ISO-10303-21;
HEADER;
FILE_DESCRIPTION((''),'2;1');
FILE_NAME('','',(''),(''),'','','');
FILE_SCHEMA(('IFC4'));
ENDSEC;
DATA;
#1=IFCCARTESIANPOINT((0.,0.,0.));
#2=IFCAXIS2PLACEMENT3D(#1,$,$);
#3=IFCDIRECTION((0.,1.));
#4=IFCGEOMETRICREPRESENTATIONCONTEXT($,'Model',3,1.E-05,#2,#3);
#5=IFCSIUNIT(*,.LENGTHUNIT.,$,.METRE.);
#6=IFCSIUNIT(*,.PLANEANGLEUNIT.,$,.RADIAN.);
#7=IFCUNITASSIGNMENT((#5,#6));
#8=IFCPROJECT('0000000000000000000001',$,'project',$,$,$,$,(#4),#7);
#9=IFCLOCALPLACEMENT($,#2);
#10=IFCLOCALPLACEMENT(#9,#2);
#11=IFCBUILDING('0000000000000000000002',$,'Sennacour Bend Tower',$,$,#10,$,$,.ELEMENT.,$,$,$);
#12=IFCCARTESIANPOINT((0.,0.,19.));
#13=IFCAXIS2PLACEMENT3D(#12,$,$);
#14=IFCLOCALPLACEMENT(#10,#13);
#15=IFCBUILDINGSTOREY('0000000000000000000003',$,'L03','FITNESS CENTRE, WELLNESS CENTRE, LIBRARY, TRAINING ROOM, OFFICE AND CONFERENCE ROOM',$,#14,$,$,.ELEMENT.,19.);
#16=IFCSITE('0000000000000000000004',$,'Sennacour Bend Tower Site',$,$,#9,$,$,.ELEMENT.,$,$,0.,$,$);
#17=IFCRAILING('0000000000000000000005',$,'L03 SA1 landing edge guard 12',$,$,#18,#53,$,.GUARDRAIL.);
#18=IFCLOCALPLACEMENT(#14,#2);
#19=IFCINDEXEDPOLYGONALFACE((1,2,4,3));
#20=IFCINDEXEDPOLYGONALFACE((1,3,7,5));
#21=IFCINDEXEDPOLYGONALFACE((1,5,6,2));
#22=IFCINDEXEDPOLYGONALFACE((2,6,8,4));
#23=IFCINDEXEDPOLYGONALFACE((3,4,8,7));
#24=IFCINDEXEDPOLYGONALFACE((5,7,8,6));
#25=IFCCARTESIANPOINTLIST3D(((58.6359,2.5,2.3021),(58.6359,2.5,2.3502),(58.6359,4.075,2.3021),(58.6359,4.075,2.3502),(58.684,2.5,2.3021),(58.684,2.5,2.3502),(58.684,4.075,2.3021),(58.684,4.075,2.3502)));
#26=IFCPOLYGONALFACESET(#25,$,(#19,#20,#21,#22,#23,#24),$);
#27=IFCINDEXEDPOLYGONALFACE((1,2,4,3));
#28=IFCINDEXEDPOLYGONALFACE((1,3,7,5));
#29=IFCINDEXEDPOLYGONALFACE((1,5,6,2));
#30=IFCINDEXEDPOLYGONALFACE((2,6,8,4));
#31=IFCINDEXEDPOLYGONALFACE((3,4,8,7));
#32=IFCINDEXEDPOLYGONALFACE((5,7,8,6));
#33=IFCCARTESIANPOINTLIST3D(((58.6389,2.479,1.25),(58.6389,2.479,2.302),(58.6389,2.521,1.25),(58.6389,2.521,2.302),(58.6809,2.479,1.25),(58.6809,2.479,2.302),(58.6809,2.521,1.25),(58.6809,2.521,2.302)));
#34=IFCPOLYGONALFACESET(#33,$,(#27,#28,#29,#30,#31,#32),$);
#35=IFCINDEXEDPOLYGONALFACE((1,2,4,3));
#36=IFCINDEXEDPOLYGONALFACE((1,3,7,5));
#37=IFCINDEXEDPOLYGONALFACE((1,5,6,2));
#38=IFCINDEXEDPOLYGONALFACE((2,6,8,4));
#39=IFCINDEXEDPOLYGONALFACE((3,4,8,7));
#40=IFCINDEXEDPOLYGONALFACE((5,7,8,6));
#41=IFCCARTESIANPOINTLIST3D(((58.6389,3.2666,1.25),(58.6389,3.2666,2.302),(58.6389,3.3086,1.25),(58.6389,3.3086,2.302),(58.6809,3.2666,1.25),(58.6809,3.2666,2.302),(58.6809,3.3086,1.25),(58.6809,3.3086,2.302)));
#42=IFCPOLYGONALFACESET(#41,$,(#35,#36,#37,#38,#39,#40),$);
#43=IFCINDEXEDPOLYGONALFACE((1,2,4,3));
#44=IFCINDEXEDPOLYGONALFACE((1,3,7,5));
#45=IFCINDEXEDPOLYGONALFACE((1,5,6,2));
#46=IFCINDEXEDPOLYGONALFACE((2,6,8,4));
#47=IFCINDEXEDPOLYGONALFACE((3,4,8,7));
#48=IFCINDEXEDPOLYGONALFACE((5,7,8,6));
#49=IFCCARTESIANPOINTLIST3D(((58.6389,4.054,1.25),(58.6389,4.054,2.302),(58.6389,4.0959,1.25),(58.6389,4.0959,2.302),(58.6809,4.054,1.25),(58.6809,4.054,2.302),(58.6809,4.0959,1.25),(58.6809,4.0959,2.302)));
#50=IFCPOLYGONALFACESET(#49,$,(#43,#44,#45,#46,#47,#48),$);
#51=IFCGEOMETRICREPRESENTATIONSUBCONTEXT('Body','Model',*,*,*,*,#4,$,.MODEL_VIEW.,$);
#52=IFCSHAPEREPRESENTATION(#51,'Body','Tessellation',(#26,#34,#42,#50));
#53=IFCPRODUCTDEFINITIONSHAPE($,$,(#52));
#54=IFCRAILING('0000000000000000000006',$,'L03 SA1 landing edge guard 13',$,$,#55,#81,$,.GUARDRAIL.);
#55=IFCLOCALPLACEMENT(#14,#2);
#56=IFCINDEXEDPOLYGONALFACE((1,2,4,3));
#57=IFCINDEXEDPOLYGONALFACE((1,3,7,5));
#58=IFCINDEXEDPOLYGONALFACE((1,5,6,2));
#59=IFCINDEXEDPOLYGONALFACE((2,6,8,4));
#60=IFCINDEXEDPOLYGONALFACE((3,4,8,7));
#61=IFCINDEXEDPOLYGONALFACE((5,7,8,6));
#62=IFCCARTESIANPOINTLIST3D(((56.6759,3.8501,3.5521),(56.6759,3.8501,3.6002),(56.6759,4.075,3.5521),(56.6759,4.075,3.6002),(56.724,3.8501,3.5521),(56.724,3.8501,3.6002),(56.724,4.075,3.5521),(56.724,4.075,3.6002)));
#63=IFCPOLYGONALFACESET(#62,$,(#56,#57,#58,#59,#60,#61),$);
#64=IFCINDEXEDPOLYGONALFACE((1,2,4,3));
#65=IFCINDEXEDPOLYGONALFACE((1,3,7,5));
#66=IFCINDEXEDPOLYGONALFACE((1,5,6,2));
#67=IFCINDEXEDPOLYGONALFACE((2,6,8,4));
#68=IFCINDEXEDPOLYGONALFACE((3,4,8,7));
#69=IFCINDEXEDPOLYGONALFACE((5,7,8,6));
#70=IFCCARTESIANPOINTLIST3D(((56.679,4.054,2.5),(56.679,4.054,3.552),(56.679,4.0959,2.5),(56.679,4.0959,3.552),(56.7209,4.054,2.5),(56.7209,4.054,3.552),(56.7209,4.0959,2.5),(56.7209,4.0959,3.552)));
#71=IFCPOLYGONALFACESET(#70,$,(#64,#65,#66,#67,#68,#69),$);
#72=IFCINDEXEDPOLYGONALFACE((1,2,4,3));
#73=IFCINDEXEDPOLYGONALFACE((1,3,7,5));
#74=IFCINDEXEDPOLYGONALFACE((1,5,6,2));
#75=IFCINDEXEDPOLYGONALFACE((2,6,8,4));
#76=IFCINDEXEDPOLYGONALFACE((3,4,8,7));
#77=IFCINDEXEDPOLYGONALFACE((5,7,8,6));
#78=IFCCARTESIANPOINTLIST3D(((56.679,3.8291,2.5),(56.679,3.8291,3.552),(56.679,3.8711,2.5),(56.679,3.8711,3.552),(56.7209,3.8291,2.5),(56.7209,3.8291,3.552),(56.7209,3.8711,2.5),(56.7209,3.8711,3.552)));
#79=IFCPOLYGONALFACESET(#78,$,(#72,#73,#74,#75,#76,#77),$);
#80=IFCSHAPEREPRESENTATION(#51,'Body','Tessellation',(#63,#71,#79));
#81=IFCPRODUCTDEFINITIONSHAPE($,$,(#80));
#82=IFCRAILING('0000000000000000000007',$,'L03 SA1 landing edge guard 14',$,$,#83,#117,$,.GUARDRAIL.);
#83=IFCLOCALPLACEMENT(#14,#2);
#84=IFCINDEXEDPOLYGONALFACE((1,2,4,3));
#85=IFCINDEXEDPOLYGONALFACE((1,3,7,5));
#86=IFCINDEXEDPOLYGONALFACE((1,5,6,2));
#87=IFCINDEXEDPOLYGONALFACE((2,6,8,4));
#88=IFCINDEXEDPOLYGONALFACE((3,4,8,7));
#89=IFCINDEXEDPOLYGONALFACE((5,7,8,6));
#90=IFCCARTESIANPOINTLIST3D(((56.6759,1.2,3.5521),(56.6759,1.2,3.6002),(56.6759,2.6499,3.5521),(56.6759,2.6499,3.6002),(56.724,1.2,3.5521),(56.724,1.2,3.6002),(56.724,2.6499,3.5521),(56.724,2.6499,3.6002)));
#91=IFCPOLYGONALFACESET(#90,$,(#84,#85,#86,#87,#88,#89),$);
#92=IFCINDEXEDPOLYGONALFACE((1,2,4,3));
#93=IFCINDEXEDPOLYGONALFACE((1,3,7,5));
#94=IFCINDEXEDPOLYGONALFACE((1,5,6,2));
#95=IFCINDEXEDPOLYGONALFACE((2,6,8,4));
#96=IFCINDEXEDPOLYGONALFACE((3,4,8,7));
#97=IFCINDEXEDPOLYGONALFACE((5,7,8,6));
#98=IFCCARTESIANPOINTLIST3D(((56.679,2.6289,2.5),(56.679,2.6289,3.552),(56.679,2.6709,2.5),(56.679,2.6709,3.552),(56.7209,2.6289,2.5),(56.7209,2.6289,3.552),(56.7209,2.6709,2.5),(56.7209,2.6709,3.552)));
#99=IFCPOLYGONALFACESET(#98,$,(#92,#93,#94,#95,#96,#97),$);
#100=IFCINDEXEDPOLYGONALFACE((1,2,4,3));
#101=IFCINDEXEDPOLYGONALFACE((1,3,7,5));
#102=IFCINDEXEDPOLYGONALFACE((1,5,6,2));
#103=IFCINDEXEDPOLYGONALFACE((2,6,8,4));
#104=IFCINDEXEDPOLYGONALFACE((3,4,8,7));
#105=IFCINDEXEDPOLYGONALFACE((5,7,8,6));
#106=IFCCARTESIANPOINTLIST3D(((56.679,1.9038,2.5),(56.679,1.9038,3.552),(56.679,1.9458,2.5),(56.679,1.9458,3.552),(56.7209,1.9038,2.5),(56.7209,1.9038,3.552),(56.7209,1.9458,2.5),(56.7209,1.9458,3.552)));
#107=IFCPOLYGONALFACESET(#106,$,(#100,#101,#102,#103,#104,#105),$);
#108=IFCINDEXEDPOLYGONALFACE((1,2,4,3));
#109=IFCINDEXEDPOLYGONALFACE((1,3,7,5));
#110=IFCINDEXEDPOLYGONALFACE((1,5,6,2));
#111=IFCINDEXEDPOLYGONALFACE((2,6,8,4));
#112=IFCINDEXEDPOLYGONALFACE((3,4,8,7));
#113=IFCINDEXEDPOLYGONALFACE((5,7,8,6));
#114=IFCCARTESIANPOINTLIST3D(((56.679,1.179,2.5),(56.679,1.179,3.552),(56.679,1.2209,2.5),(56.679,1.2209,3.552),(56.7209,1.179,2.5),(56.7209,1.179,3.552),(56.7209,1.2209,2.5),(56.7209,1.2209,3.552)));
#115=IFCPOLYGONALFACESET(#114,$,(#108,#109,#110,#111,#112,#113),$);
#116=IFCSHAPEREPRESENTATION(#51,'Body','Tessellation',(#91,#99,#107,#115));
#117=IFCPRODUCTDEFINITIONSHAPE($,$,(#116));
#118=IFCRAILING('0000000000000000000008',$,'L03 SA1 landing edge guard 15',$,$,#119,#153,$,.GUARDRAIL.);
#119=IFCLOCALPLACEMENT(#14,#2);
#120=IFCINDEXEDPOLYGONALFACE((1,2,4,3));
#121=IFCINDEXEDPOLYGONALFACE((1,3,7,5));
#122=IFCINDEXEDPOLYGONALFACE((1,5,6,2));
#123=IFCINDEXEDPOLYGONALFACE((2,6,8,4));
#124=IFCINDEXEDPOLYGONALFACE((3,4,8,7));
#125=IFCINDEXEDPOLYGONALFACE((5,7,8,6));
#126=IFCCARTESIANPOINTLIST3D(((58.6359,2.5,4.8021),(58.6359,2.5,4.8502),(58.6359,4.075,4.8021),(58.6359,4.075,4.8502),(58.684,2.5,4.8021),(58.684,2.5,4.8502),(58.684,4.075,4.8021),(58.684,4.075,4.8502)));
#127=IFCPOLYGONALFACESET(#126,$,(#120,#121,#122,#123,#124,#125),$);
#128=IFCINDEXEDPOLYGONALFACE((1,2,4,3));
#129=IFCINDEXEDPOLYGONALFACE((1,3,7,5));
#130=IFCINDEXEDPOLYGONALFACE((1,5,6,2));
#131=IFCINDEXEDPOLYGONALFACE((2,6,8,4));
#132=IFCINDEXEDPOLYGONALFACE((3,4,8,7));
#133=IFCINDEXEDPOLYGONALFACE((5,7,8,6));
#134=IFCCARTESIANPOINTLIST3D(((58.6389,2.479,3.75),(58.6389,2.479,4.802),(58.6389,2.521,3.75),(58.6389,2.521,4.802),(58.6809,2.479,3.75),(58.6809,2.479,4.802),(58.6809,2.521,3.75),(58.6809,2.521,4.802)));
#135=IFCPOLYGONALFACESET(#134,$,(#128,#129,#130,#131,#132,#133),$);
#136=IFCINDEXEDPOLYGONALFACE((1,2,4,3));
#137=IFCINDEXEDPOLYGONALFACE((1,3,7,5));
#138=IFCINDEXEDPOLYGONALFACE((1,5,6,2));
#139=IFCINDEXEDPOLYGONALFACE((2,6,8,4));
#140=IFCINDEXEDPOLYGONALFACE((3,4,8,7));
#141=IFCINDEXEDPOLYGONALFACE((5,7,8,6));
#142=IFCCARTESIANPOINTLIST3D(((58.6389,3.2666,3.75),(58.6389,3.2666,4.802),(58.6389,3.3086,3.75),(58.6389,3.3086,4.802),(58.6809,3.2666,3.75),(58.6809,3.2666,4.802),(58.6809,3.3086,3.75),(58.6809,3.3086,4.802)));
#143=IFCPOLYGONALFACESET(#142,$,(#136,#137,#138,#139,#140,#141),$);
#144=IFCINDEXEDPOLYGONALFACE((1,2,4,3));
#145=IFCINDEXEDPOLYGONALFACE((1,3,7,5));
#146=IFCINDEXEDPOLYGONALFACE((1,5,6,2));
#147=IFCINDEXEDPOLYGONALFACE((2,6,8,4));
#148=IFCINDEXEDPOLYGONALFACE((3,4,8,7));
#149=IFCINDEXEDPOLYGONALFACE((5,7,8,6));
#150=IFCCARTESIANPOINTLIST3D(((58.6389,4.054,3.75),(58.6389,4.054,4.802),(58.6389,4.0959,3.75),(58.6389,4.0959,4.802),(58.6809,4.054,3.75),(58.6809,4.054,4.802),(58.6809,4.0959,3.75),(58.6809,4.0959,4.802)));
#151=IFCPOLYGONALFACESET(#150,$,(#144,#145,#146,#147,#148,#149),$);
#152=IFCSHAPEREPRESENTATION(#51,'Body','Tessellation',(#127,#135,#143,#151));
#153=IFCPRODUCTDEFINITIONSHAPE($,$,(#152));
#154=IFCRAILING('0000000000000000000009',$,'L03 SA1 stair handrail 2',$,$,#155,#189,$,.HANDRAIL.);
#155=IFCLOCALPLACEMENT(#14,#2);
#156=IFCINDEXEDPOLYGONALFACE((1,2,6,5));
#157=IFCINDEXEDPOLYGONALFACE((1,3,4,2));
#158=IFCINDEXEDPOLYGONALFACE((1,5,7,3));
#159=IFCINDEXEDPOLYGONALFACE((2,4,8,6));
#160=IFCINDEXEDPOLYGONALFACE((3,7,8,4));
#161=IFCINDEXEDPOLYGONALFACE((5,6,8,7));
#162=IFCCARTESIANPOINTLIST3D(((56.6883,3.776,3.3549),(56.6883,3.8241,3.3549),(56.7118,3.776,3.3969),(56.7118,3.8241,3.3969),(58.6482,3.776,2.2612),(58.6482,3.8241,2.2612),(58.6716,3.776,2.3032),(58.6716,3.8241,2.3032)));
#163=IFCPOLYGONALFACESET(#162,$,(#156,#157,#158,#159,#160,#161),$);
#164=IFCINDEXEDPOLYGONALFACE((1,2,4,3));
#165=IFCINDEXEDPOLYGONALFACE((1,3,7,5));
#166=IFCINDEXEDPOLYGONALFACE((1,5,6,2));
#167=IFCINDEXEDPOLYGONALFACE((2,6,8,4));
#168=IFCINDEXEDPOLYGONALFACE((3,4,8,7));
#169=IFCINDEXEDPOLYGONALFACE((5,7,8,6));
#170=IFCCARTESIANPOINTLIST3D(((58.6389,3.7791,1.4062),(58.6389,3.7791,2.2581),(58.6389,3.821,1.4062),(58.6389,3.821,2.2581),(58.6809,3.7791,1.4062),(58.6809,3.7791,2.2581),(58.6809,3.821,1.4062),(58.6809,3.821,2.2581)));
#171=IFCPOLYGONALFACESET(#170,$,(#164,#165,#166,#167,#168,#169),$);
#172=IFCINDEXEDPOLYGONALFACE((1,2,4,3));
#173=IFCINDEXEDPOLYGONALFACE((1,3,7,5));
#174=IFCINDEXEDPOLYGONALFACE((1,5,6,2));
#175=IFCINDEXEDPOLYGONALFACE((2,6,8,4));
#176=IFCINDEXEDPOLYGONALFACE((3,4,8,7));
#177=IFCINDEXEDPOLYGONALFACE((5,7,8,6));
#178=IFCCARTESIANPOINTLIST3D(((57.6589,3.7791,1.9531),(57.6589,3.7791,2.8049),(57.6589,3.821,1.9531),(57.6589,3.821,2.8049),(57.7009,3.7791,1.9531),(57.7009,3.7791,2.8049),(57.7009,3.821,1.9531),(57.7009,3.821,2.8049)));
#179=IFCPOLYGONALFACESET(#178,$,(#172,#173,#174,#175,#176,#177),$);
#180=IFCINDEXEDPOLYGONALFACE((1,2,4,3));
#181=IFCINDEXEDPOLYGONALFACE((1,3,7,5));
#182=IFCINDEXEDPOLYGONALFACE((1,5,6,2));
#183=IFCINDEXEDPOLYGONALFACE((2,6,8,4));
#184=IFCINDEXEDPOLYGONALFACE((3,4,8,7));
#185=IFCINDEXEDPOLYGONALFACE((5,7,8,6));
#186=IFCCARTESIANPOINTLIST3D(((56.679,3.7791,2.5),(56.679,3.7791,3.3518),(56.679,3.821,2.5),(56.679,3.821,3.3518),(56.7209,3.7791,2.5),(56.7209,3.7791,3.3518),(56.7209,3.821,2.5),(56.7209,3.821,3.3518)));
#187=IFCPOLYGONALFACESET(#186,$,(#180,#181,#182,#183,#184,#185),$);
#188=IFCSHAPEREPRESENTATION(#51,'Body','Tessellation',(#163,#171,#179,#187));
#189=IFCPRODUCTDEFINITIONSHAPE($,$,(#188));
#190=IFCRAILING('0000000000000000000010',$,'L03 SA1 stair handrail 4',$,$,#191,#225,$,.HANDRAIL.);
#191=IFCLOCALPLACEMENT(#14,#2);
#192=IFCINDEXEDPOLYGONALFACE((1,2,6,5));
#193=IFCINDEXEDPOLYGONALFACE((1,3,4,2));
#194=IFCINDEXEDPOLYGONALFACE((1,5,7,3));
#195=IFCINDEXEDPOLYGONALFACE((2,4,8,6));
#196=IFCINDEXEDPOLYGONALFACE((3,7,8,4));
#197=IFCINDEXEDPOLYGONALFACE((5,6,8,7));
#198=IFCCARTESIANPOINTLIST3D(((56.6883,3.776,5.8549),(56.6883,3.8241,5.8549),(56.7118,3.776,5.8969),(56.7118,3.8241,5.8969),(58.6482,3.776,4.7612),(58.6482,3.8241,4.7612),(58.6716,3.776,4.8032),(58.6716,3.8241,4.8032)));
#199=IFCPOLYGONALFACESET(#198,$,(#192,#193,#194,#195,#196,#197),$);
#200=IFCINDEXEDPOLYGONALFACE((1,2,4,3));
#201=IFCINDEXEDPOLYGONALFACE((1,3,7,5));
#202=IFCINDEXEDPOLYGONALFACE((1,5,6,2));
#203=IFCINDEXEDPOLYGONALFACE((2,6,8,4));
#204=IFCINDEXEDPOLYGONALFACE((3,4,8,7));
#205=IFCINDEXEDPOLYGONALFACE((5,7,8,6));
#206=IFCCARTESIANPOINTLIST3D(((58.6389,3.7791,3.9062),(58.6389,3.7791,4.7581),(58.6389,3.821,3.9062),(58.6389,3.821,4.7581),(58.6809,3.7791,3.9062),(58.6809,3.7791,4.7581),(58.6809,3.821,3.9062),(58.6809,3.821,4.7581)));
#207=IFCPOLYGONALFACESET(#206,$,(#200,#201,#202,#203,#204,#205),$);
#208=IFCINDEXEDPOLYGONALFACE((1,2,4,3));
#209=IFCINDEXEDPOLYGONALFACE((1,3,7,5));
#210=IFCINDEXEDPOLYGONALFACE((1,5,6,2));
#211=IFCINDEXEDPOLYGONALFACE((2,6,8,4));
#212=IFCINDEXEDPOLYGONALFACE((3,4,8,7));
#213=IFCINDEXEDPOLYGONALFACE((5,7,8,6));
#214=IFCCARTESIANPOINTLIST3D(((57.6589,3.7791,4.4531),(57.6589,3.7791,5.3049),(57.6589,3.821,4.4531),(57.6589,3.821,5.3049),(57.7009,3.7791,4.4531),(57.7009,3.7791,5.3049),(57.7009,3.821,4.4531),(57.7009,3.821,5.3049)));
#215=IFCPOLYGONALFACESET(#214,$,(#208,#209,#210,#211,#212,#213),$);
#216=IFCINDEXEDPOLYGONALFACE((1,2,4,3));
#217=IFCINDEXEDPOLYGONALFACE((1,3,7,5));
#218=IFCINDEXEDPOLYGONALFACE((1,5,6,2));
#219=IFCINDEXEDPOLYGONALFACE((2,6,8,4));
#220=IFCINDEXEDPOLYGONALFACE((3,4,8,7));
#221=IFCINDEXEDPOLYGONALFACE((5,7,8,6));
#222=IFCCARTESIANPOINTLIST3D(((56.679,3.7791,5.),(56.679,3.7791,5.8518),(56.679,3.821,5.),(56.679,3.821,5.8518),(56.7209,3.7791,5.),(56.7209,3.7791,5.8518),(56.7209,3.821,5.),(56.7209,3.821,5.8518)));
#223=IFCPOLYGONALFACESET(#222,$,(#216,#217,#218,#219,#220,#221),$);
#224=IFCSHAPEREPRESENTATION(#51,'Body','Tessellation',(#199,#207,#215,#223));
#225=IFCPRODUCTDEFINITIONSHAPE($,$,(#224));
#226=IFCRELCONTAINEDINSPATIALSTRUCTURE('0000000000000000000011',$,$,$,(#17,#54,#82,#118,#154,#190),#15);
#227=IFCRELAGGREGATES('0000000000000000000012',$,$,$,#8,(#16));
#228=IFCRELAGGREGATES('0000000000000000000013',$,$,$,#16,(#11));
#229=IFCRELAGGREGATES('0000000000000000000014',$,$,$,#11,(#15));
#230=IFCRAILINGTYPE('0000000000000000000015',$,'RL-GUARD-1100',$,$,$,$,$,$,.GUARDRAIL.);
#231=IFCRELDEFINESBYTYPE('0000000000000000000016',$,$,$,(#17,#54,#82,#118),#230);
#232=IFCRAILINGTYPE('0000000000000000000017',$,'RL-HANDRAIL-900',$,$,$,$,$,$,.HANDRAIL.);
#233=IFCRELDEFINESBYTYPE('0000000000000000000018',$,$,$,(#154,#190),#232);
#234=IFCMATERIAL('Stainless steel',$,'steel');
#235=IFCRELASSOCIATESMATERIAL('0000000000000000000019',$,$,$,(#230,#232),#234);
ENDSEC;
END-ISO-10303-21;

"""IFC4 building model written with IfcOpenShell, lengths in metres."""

from ifc_helpers import new_model, si_unit, direction, frame, origin, origin_2d, place, context, subcontext, project, spatial, rectangle, extrude, material, type_object, element, save


model = new_model("IFC4")

# Units and contexts
model_context = context("Model", 3, precision=1e-05, world=origin(), true_north=direction((0.0, 1.0)))
body_context = subcontext(model_context, "Body", "Model", "MODEL_VIEW")
ifc_project = project(units=[si_unit("LENGTHUNIT", "METRE"), si_unit("PLANEANGLEUNIT", "RADIAN")], contexts=[model_context])

# Site, building, storey
site_placement = place(None, origin())
site = spatial("IfcSite", under=ifc_project, at=site_placement, Name="Sennacour Bend Tower Site", CompositionType="ELEMENT", RefElevation=0.0)
building_placement = place(site_placement, origin())
building = spatial("IfcBuilding", under=site, at=building_placement, Name="Sennacour Bend Tower", CompositionType="ELEMENT")
storey_placement = place(building_placement, frame((0.0, 0.0, 19.0)))
storey = spatial("IfcBuildingStorey", under=building, at=storey_placement, Name="L03", Description="FITNESS CENTRE, WELLNESS CENTRE, LIBRARY, TRAINING ROOM, OFFICE AND CONFERENCE ROOM", CompositionType="ELEMENT", Elevation=19.0)

# Railings
ifc_material_1 = material(Name="Stainless steel", Category="steel")
railing_type_1 = type_object("IfcRailingType", Name="RL-GUARD-1100", PredefinedType="GUARDRAIL", material=ifc_material_1)
railing_1_placement = place(storey_placement, frame((58.6599, 2.5, 1.25)))
element("IfcRailing", 1, at=railing_1_placement, inside=storey, type_object=railing_type_1, Name="L03 SA1 landing edge guard 12", PredefinedType="GUARDRAIL", context=body_context, shape_type="SweptSolid", body=[
    extrude(rectangle(XDim=0.0481, YDim=0.0481, at=origin_2d()), frame((0.0, 0.0, 1.0762), z_axis=(0.0, 1.0, 0.0), x_axis=(-1.0, 0.0, 0.0)), (0.0, 0.0, 1.0), 1.575),
    extrude(rectangle(XDim=0.042, YDim=0.042, at=origin_2d()), origin(), (0.0, 0.0, 1.0), 1.052),
    extrude(rectangle(XDim=0.042, YDim=0.042, at=origin_2d()), frame((0.0, 0.7876, 0.0)), (0.0, 0.0, 1.0), 1.052),
    extrude(rectangle(XDim=0.042, YDim=0.042, at=origin_2d()), frame((0.0, 1.575, 0.0)), (0.0, 0.0, 1.0), 1.052),
])
railing_2_placement = place(storey_placement, frame((56.7, 4.075, 2.5)))
element("IfcRailing", 2, at=railing_2_placement, inside=storey, type_object=railing_type_1, Name="L03 SA1 landing edge guard 13", PredefinedType="GUARDRAIL", context=body_context, shape_type="SweptSolid", body=[
    extrude(rectangle(XDim=0.0481, YDim=0.0481, at=origin_2d()), frame((0.0, 0.0, 1.0762), z_axis=(0.0, -1.0, 0.0), x_axis=(1.0, 0.0, 0.0)), (0.0, 0.0, 1.0), 0.2249),
    extrude(rectangle(XDim=0.042, YDim=0.042, at=origin_2d()), origin(), (0.0, 0.0, 1.0), 1.052),
    extrude(rectangle(XDim=0.042, YDim=0.042, at=origin_2d()), frame((0.0, -0.2249, 0.0)), (0.0, 0.0, 1.0), 1.052),
])
railing_3_placement = place(storey_placement, frame((56.7, 2.6499, 2.5)))
element("IfcRailing", 3, at=railing_3_placement, inside=storey, type_object=railing_type_1, Name="L03 SA1 landing edge guard 14", PredefinedType="GUARDRAIL", context=body_context, shape_type="SweptSolid", body=[
    extrude(rectangle(XDim=0.0481, YDim=0.0481, at=origin_2d()), frame((0.0, 0.0, 1.0762), z_axis=(0.0, -1.0, 0.0), x_axis=(1.0, 0.0, 0.0)), (0.0, 0.0, 1.0), 1.45),
    extrude(rectangle(XDim=0.042, YDim=0.042, at=origin_2d()), origin(), (0.0, 0.0, 1.0), 1.052),
    extrude(rectangle(XDim=0.042, YDim=0.042, at=origin_2d()), frame((0.0, -0.7251, 0.0)), (0.0, 0.0, 1.0), 1.052),
    extrude(rectangle(XDim=0.042, YDim=0.042, at=origin_2d()), frame((0.0, -1.45, 0.0)), (0.0, 0.0, 1.0), 1.052),
])
railing_4_placement = place(storey_placement, frame((58.6599, 2.5, 3.75)))
element("IfcRailing", 4, at=railing_4_placement, inside=storey, type_object=railing_type_1, Name="L03 SA1 landing edge guard 15", PredefinedType="GUARDRAIL", context=body_context, shape_type="SweptSolid", body=[
    extrude(rectangle(XDim=0.0481, YDim=0.0481, at=origin_2d()), frame((0.0, 0.0, 1.0762), z_axis=(0.0, 1.0, 0.0), x_axis=(-1.0, 0.0, 0.0)), (0.0, 0.0, 1.0), 1.575),
    extrude(rectangle(XDim=0.042, YDim=0.042, at=origin_2d()), origin(), (0.0, 0.0, 1.0), 1.052),
    extrude(rectangle(XDim=0.042, YDim=0.042, at=origin_2d()), frame((0.0, 0.7876, 0.0)), (0.0, 0.0, 1.0), 1.052),
    extrude(rectangle(XDim=0.042, YDim=0.042, at=origin_2d()), frame((0.0, 1.575, 0.0)), (0.0, 0.0, 1.0), 1.052),
])
railing_type_2 = type_object("IfcRailingType", Name="RL-HANDRAIL-900", PredefinedType="HANDRAIL", material=ifc_material_1)
for number, where, name in (
    (5, (58.6599, 3.8, 1.4062), "L03 SA1 stair handrail 2"),
    (6, (58.6599, 3.8, 3.9062), "L03 SA1 stair handrail 4"),
):
    element("IfcRailing", number, at=place(storey_placement, frame(where)), inside=storey, type_object=railing_type_2, Name=name, PredefinedType="HANDRAIL", context=body_context, shape_type="SweptSolid", body=[
        extrude(rectangle(XDim=0.0481, YDim=0.0481, at=origin_2d()), frame((0.0, 0.0, 0.876), z_axis=(-0.873232, 0.0, 0.487304), x_axis=(0.0, -1.0, 0.0)), (0.0, 0.0, 1.0), 2.2444),
        extrude(rectangle(XDim=0.042, YDim=0.042, at=origin_2d()), origin(), (0.0, 0.0, 1.0), 0.8518),
        extrude(rectangle(XDim=0.042, YDim=0.042, at=origin_2d()), frame((-0.98, 0.0, 0.5469)), (0.0, 0.0, 1.0), 0.8518),
        extrude(rectangle(XDim=0.042, YDim=0.042, at=origin_2d()), frame((-1.96, 0.0, 1.0938)), (0.0, 0.0, 1.0), 0.8518),
    ])

save(model, "model.ifc")
